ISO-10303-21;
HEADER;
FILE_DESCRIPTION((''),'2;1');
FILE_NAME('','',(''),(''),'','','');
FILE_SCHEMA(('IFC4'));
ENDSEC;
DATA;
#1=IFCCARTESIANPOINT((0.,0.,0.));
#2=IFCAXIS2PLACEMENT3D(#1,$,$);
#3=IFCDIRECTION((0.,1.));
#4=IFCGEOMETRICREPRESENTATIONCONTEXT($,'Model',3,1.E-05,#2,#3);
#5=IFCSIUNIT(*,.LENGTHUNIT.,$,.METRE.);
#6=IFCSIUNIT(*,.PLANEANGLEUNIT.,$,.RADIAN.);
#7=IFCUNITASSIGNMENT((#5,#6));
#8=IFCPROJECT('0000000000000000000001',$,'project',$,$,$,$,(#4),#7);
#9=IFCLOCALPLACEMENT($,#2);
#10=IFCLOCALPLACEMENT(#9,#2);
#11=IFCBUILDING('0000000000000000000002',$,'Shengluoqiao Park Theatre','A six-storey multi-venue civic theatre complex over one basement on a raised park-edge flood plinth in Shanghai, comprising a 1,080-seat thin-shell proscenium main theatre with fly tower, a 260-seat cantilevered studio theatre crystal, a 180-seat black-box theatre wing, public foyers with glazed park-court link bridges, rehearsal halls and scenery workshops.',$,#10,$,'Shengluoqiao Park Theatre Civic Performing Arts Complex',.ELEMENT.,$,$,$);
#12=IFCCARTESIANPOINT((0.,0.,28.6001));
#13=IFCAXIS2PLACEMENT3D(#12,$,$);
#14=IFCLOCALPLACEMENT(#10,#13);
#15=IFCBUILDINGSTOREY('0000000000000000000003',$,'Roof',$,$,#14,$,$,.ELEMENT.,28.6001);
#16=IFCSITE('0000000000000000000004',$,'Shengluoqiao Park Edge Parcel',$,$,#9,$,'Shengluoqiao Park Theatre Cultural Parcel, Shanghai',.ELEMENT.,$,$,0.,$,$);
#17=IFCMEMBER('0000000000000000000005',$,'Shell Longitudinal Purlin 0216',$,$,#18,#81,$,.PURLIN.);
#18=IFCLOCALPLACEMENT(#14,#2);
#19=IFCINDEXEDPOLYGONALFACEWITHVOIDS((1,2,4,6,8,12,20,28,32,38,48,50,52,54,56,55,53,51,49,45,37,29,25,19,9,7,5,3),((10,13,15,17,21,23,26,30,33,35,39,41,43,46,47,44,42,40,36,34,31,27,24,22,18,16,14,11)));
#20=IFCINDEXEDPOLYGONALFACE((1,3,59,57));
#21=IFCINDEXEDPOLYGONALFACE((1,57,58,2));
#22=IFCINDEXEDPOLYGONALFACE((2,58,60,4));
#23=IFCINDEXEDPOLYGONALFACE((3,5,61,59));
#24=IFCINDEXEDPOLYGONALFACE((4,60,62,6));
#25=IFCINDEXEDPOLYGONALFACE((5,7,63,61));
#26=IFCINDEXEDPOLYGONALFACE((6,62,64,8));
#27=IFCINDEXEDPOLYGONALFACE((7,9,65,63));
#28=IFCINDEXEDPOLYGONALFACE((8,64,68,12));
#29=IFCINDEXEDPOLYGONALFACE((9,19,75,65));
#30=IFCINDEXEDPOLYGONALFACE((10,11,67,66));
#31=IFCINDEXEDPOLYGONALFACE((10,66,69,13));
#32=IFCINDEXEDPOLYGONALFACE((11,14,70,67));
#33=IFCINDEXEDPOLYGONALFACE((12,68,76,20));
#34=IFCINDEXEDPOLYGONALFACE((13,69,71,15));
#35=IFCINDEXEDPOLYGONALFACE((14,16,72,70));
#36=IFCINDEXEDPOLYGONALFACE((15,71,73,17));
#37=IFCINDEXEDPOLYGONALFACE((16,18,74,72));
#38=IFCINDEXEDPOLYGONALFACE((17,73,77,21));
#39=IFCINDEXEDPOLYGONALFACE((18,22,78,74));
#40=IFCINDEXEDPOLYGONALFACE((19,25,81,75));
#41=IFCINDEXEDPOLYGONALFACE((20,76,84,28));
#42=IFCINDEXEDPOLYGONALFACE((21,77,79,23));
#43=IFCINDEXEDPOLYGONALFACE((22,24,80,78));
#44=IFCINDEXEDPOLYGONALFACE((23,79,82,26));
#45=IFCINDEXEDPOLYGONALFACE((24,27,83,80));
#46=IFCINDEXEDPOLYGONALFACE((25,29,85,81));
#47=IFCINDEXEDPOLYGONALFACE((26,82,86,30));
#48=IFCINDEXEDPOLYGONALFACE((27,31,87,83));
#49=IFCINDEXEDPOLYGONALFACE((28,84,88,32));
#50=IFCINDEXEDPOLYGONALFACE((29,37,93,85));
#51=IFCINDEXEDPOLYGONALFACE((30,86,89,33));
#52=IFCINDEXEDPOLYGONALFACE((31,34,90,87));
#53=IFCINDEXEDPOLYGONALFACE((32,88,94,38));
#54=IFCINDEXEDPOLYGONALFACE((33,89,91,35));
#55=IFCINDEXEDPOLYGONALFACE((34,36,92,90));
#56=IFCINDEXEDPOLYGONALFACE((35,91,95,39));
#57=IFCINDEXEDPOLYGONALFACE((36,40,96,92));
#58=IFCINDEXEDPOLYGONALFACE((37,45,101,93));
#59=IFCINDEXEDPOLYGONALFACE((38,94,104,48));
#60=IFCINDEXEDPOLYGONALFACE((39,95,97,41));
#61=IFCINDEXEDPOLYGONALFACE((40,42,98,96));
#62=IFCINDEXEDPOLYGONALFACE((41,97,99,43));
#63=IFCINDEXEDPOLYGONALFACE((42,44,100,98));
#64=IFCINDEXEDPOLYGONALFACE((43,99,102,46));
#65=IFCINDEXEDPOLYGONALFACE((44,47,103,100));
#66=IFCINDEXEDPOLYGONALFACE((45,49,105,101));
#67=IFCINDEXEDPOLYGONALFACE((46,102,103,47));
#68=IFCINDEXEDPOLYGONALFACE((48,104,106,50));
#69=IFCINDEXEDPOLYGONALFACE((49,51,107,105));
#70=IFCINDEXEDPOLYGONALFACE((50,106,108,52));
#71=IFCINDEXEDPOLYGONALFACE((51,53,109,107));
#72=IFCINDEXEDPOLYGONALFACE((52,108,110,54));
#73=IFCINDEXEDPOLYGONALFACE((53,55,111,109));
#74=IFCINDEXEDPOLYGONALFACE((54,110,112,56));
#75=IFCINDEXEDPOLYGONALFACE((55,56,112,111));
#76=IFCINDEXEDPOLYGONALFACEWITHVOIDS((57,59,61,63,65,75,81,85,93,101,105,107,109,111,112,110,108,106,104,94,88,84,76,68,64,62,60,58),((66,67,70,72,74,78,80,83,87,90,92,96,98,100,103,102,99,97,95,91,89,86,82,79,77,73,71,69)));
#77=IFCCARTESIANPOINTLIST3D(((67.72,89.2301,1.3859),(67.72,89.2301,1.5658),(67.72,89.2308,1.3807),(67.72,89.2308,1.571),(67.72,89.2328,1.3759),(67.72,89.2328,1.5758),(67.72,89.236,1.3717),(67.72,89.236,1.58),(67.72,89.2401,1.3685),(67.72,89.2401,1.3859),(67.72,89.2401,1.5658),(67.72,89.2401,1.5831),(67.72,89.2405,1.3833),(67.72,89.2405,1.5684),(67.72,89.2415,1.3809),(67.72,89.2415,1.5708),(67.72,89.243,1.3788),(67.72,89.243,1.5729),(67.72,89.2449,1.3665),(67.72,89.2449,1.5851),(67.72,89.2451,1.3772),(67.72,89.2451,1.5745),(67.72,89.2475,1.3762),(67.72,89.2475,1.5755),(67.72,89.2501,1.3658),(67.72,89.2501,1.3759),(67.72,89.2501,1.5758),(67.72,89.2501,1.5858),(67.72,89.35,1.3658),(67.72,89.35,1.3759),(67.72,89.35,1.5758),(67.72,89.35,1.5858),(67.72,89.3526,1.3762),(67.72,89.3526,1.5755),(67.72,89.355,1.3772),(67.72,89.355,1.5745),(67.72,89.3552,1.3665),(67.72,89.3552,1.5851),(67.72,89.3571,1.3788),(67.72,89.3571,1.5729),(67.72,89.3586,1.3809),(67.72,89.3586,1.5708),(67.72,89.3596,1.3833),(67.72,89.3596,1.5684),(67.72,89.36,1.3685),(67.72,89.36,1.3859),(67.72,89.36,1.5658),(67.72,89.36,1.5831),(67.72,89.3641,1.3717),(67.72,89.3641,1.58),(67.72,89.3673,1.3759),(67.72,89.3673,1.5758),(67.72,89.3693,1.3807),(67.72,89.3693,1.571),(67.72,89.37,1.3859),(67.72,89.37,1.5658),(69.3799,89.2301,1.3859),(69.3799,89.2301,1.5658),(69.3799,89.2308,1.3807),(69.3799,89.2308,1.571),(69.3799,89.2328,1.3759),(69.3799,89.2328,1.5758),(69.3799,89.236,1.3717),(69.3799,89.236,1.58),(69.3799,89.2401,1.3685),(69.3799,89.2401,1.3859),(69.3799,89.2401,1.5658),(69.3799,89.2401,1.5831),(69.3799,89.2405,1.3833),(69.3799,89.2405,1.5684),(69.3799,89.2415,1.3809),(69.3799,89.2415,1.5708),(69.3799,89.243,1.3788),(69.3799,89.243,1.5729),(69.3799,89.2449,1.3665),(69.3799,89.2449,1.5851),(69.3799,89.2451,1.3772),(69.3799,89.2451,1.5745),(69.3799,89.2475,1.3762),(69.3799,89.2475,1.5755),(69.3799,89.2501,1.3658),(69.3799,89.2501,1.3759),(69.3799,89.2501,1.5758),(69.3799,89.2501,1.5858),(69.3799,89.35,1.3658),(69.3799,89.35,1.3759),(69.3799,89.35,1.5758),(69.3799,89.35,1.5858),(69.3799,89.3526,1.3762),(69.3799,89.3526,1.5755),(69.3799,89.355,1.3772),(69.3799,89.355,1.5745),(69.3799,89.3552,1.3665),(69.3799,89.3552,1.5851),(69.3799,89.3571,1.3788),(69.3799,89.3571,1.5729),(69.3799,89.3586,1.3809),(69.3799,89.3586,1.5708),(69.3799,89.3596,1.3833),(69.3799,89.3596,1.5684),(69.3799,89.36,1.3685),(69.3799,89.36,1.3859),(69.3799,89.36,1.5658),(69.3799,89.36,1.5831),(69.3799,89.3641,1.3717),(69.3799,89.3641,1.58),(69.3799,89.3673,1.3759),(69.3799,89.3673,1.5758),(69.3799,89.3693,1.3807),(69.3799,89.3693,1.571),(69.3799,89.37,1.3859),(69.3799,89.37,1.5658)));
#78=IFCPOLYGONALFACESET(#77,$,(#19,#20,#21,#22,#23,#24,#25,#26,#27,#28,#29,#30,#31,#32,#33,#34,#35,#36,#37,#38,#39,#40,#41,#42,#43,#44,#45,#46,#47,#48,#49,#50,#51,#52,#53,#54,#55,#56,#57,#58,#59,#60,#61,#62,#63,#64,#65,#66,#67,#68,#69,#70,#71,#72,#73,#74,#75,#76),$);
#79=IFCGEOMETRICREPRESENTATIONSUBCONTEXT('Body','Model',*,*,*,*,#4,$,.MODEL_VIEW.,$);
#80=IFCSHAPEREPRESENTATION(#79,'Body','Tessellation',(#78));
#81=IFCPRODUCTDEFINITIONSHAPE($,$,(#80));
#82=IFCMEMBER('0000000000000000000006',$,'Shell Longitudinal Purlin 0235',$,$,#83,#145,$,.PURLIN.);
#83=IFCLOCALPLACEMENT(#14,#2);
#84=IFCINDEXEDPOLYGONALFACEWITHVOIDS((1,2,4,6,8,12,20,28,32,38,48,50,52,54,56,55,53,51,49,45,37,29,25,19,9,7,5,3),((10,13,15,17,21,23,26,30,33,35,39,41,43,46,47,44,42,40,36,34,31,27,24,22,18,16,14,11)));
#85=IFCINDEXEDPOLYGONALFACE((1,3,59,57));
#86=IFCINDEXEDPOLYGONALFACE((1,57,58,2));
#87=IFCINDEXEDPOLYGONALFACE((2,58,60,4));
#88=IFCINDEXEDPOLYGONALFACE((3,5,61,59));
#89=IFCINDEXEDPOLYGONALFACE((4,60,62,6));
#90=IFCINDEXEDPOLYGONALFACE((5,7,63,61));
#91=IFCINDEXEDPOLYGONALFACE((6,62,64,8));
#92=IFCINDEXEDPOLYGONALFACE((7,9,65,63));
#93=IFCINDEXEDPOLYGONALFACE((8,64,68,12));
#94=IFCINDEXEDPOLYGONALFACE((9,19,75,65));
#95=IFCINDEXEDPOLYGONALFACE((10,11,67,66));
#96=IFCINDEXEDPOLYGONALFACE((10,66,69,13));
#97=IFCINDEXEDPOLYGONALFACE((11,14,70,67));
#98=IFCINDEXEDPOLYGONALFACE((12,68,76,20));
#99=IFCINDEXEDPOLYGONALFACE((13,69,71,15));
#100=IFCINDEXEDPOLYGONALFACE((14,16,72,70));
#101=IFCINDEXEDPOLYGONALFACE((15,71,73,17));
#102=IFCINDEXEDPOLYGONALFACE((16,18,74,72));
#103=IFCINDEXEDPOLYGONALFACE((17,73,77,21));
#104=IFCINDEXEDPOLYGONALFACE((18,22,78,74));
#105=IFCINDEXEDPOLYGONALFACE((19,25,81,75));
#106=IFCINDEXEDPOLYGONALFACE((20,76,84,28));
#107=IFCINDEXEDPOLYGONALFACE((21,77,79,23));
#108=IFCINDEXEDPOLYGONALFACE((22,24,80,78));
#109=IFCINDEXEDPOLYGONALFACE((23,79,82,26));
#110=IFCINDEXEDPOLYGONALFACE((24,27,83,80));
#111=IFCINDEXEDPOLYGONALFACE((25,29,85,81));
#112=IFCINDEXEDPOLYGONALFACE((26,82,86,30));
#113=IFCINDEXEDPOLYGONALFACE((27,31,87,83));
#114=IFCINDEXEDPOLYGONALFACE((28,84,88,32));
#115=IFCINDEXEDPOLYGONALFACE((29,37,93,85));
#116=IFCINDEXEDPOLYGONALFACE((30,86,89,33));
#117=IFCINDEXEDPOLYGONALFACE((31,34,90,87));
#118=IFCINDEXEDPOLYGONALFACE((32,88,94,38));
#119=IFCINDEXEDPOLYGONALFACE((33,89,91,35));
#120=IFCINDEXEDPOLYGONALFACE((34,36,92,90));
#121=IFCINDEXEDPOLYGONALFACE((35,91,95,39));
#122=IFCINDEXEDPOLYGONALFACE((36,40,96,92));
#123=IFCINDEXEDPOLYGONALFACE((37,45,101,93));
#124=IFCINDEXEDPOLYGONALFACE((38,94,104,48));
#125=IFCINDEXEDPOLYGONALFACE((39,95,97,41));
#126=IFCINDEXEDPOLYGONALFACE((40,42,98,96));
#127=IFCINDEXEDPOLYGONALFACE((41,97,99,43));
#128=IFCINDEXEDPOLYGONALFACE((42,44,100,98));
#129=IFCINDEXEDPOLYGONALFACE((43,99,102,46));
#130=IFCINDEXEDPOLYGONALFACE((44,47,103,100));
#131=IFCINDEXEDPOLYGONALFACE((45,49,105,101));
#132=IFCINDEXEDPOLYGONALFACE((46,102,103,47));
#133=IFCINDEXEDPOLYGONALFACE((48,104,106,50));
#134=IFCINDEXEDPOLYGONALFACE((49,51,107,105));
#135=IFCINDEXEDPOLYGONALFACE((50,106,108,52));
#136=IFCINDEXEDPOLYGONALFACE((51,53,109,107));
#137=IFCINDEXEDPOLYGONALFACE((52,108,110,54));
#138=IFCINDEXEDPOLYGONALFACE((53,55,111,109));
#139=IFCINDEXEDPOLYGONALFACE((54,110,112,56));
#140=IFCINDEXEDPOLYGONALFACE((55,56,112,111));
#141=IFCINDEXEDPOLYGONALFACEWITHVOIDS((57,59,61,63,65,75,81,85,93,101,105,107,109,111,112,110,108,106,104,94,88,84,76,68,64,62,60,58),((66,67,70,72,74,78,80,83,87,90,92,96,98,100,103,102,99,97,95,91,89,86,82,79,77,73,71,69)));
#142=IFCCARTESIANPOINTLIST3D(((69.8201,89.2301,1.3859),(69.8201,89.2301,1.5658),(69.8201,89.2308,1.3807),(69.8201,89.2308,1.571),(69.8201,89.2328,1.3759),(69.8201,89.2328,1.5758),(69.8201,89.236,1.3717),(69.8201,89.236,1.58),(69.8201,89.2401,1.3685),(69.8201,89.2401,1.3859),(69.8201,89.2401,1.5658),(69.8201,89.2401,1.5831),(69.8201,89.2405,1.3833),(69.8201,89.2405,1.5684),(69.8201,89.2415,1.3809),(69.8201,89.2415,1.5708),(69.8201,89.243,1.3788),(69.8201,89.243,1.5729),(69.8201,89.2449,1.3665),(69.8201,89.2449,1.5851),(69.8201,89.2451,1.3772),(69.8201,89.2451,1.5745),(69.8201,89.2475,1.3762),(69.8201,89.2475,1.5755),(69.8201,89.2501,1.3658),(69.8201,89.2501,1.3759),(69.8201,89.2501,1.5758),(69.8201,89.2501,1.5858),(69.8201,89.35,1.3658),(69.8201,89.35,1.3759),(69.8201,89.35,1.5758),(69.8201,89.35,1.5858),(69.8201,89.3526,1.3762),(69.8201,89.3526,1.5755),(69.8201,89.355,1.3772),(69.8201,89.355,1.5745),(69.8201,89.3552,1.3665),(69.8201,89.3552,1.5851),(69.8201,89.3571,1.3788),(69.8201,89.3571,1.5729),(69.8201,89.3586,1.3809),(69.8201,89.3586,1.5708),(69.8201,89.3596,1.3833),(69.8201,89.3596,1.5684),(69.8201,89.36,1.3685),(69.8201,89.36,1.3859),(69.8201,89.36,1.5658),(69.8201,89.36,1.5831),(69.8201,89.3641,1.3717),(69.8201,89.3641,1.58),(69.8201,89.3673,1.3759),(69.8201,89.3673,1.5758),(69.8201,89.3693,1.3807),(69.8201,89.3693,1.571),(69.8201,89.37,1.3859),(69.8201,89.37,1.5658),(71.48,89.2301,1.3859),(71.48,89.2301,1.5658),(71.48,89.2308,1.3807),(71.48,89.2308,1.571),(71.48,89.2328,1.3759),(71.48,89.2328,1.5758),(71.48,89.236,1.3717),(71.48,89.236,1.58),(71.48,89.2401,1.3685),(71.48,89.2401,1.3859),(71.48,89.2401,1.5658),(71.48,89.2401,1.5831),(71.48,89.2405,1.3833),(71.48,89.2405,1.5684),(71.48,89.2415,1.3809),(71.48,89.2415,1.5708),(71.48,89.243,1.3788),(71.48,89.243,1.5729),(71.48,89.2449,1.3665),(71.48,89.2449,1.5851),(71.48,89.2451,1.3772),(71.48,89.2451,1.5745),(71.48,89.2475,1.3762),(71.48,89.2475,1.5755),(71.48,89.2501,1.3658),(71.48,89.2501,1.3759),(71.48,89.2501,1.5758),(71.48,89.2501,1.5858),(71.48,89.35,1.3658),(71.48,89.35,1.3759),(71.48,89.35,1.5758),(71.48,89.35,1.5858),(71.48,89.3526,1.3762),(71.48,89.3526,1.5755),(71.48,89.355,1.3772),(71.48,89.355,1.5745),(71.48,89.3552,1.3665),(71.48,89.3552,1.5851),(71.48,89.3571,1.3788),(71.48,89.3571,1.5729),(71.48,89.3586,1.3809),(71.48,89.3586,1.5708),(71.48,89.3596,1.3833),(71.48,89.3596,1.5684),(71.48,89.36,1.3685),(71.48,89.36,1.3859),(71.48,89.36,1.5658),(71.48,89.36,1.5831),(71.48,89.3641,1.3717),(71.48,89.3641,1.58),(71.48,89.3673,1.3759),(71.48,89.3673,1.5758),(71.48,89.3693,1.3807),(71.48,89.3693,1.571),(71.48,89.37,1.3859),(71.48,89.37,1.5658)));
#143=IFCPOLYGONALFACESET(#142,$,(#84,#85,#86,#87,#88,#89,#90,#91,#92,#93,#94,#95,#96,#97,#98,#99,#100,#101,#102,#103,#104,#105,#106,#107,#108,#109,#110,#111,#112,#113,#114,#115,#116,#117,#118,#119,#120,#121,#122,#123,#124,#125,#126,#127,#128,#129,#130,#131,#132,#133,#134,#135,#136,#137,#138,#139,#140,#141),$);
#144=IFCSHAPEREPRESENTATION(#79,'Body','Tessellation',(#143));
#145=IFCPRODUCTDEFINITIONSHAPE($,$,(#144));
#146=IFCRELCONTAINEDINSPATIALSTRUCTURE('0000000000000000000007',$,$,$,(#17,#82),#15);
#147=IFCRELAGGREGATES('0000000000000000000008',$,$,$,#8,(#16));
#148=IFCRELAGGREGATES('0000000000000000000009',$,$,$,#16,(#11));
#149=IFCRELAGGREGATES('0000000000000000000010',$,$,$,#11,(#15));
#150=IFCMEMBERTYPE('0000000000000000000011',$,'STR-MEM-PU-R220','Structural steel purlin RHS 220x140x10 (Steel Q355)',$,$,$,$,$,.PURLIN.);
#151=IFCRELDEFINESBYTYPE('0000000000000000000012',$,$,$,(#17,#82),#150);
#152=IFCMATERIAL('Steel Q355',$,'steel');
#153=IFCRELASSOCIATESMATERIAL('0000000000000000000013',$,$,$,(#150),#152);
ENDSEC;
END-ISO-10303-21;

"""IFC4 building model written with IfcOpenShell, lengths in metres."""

from ifc_helpers import new_model, si_unit, direction, frame, origin, origin_2d, place, context, subcontext, project, spatial, hollow_rectangle, extrude, material, material_profile, profile_set, type_object, element, save


model = new_model("IFC4")

# Units and contexts
model_context = context("Model", 3, precision=1e-05, world=origin(), true_north=direction((0.0, 1.0)))
body_context = subcontext(model_context, "Body", "Model", "MODEL_VIEW")
ifc_project = project(units=[si_unit("LENGTHUNIT", "METRE"), si_unit("PLANEANGLEUNIT", "RADIAN")], contexts=[model_context])

# Site, building, storey
site_placement = place(None, origin())
site = spatial("IfcSite", under=ifc_project, at=site_placement, Name="Shengluoqiao Park Edge Parcel", LongName="Shengluoqiao Park Theatre Cultural Parcel, Shanghai", CompositionType="ELEMENT", RefElevation=0.0)
building_placement = place(site_placement, origin())
building = spatial("IfcBuilding", under=site, at=building_placement, Name="Shengluoqiao Park Theatre", Description="A six-storey multi-venue civic theatre complex over one basement on a raised park-edge flood plinth in Shanghai, comprising a 1,080-seat thin-shell proscenium main theatre with fly tower, a 260-seat cantilevered studio theatre crystal, a 180-seat black-box theatre wing, public foyers with glazed park-court link bridges, rehearsal halls and scenery workshops.", LongName="Shengluoqiao Park Theatre Civic Performing Arts Complex", CompositionType="ELEMENT")
storey_placement = place(building_placement, frame((0.0, 0.0, 28.6001)))
storey = spatial("IfcBuildingStorey", under=building, at=storey_placement, Name="Roof", CompositionType="ELEMENT", Elevation=28.6001)

# Shared definitions
ifc_material_1 = material(Name="Steel Q355", Category="steel")

# Members
ifc_material_profile_1 = material_profile(ifc_material_1, hollow_rectangle(XDim=0.1399, YDim=0.22, WallThickness=0.01, InnerFilletRadius=0.01, OuterFilletRadius=0.02, at=origin_2d()), Name="RHS 220x140x10")
ifc_profile_set_1 = profile_set([ifc_material_profile_1], Name="Steel Q355")
member_type_1 = type_object("IfcMemberType", Name="STR-MEM-PU-R220", Description="Structural steel purlin RHS 220x140x10 (Steel Q355)", PredefinedType="PURLIN", material=ifc_profile_set_1)
for number, where, z_axis, x_axis, name in (
    (1, (67.72, 89.3, 1.4758), (1.0, 0.0, 0.0), (0.0, 1.0, 0.0), "Shell Longitudinal Purlin 0216"),
    (2, (69.8201, 89.3, 1.4758), (1.0, 0.0, 0.0), (0.0, 1.0, 0.0), "Shell Longitudinal Purlin 0235"),
):
    element("IfcMember", number, at=place(storey_placement, frame(where, z_axis=z_axis, x_axis=x_axis)), inside=storey, type_object=member_type_1, Name=name, PredefinedType="PURLIN", context=body_context, shape_type="SweptSolid", body=[
        extrude(hollow_rectangle(XDim=0.1399, YDim=0.22, WallThickness=0.01, InnerFilletRadius=0.01, OuterFilletRadius=0.02, at=origin_2d()), origin(), (0.0, 0.0, 1.0), 1.6599),
    ])

save(model, "model.ifc")
